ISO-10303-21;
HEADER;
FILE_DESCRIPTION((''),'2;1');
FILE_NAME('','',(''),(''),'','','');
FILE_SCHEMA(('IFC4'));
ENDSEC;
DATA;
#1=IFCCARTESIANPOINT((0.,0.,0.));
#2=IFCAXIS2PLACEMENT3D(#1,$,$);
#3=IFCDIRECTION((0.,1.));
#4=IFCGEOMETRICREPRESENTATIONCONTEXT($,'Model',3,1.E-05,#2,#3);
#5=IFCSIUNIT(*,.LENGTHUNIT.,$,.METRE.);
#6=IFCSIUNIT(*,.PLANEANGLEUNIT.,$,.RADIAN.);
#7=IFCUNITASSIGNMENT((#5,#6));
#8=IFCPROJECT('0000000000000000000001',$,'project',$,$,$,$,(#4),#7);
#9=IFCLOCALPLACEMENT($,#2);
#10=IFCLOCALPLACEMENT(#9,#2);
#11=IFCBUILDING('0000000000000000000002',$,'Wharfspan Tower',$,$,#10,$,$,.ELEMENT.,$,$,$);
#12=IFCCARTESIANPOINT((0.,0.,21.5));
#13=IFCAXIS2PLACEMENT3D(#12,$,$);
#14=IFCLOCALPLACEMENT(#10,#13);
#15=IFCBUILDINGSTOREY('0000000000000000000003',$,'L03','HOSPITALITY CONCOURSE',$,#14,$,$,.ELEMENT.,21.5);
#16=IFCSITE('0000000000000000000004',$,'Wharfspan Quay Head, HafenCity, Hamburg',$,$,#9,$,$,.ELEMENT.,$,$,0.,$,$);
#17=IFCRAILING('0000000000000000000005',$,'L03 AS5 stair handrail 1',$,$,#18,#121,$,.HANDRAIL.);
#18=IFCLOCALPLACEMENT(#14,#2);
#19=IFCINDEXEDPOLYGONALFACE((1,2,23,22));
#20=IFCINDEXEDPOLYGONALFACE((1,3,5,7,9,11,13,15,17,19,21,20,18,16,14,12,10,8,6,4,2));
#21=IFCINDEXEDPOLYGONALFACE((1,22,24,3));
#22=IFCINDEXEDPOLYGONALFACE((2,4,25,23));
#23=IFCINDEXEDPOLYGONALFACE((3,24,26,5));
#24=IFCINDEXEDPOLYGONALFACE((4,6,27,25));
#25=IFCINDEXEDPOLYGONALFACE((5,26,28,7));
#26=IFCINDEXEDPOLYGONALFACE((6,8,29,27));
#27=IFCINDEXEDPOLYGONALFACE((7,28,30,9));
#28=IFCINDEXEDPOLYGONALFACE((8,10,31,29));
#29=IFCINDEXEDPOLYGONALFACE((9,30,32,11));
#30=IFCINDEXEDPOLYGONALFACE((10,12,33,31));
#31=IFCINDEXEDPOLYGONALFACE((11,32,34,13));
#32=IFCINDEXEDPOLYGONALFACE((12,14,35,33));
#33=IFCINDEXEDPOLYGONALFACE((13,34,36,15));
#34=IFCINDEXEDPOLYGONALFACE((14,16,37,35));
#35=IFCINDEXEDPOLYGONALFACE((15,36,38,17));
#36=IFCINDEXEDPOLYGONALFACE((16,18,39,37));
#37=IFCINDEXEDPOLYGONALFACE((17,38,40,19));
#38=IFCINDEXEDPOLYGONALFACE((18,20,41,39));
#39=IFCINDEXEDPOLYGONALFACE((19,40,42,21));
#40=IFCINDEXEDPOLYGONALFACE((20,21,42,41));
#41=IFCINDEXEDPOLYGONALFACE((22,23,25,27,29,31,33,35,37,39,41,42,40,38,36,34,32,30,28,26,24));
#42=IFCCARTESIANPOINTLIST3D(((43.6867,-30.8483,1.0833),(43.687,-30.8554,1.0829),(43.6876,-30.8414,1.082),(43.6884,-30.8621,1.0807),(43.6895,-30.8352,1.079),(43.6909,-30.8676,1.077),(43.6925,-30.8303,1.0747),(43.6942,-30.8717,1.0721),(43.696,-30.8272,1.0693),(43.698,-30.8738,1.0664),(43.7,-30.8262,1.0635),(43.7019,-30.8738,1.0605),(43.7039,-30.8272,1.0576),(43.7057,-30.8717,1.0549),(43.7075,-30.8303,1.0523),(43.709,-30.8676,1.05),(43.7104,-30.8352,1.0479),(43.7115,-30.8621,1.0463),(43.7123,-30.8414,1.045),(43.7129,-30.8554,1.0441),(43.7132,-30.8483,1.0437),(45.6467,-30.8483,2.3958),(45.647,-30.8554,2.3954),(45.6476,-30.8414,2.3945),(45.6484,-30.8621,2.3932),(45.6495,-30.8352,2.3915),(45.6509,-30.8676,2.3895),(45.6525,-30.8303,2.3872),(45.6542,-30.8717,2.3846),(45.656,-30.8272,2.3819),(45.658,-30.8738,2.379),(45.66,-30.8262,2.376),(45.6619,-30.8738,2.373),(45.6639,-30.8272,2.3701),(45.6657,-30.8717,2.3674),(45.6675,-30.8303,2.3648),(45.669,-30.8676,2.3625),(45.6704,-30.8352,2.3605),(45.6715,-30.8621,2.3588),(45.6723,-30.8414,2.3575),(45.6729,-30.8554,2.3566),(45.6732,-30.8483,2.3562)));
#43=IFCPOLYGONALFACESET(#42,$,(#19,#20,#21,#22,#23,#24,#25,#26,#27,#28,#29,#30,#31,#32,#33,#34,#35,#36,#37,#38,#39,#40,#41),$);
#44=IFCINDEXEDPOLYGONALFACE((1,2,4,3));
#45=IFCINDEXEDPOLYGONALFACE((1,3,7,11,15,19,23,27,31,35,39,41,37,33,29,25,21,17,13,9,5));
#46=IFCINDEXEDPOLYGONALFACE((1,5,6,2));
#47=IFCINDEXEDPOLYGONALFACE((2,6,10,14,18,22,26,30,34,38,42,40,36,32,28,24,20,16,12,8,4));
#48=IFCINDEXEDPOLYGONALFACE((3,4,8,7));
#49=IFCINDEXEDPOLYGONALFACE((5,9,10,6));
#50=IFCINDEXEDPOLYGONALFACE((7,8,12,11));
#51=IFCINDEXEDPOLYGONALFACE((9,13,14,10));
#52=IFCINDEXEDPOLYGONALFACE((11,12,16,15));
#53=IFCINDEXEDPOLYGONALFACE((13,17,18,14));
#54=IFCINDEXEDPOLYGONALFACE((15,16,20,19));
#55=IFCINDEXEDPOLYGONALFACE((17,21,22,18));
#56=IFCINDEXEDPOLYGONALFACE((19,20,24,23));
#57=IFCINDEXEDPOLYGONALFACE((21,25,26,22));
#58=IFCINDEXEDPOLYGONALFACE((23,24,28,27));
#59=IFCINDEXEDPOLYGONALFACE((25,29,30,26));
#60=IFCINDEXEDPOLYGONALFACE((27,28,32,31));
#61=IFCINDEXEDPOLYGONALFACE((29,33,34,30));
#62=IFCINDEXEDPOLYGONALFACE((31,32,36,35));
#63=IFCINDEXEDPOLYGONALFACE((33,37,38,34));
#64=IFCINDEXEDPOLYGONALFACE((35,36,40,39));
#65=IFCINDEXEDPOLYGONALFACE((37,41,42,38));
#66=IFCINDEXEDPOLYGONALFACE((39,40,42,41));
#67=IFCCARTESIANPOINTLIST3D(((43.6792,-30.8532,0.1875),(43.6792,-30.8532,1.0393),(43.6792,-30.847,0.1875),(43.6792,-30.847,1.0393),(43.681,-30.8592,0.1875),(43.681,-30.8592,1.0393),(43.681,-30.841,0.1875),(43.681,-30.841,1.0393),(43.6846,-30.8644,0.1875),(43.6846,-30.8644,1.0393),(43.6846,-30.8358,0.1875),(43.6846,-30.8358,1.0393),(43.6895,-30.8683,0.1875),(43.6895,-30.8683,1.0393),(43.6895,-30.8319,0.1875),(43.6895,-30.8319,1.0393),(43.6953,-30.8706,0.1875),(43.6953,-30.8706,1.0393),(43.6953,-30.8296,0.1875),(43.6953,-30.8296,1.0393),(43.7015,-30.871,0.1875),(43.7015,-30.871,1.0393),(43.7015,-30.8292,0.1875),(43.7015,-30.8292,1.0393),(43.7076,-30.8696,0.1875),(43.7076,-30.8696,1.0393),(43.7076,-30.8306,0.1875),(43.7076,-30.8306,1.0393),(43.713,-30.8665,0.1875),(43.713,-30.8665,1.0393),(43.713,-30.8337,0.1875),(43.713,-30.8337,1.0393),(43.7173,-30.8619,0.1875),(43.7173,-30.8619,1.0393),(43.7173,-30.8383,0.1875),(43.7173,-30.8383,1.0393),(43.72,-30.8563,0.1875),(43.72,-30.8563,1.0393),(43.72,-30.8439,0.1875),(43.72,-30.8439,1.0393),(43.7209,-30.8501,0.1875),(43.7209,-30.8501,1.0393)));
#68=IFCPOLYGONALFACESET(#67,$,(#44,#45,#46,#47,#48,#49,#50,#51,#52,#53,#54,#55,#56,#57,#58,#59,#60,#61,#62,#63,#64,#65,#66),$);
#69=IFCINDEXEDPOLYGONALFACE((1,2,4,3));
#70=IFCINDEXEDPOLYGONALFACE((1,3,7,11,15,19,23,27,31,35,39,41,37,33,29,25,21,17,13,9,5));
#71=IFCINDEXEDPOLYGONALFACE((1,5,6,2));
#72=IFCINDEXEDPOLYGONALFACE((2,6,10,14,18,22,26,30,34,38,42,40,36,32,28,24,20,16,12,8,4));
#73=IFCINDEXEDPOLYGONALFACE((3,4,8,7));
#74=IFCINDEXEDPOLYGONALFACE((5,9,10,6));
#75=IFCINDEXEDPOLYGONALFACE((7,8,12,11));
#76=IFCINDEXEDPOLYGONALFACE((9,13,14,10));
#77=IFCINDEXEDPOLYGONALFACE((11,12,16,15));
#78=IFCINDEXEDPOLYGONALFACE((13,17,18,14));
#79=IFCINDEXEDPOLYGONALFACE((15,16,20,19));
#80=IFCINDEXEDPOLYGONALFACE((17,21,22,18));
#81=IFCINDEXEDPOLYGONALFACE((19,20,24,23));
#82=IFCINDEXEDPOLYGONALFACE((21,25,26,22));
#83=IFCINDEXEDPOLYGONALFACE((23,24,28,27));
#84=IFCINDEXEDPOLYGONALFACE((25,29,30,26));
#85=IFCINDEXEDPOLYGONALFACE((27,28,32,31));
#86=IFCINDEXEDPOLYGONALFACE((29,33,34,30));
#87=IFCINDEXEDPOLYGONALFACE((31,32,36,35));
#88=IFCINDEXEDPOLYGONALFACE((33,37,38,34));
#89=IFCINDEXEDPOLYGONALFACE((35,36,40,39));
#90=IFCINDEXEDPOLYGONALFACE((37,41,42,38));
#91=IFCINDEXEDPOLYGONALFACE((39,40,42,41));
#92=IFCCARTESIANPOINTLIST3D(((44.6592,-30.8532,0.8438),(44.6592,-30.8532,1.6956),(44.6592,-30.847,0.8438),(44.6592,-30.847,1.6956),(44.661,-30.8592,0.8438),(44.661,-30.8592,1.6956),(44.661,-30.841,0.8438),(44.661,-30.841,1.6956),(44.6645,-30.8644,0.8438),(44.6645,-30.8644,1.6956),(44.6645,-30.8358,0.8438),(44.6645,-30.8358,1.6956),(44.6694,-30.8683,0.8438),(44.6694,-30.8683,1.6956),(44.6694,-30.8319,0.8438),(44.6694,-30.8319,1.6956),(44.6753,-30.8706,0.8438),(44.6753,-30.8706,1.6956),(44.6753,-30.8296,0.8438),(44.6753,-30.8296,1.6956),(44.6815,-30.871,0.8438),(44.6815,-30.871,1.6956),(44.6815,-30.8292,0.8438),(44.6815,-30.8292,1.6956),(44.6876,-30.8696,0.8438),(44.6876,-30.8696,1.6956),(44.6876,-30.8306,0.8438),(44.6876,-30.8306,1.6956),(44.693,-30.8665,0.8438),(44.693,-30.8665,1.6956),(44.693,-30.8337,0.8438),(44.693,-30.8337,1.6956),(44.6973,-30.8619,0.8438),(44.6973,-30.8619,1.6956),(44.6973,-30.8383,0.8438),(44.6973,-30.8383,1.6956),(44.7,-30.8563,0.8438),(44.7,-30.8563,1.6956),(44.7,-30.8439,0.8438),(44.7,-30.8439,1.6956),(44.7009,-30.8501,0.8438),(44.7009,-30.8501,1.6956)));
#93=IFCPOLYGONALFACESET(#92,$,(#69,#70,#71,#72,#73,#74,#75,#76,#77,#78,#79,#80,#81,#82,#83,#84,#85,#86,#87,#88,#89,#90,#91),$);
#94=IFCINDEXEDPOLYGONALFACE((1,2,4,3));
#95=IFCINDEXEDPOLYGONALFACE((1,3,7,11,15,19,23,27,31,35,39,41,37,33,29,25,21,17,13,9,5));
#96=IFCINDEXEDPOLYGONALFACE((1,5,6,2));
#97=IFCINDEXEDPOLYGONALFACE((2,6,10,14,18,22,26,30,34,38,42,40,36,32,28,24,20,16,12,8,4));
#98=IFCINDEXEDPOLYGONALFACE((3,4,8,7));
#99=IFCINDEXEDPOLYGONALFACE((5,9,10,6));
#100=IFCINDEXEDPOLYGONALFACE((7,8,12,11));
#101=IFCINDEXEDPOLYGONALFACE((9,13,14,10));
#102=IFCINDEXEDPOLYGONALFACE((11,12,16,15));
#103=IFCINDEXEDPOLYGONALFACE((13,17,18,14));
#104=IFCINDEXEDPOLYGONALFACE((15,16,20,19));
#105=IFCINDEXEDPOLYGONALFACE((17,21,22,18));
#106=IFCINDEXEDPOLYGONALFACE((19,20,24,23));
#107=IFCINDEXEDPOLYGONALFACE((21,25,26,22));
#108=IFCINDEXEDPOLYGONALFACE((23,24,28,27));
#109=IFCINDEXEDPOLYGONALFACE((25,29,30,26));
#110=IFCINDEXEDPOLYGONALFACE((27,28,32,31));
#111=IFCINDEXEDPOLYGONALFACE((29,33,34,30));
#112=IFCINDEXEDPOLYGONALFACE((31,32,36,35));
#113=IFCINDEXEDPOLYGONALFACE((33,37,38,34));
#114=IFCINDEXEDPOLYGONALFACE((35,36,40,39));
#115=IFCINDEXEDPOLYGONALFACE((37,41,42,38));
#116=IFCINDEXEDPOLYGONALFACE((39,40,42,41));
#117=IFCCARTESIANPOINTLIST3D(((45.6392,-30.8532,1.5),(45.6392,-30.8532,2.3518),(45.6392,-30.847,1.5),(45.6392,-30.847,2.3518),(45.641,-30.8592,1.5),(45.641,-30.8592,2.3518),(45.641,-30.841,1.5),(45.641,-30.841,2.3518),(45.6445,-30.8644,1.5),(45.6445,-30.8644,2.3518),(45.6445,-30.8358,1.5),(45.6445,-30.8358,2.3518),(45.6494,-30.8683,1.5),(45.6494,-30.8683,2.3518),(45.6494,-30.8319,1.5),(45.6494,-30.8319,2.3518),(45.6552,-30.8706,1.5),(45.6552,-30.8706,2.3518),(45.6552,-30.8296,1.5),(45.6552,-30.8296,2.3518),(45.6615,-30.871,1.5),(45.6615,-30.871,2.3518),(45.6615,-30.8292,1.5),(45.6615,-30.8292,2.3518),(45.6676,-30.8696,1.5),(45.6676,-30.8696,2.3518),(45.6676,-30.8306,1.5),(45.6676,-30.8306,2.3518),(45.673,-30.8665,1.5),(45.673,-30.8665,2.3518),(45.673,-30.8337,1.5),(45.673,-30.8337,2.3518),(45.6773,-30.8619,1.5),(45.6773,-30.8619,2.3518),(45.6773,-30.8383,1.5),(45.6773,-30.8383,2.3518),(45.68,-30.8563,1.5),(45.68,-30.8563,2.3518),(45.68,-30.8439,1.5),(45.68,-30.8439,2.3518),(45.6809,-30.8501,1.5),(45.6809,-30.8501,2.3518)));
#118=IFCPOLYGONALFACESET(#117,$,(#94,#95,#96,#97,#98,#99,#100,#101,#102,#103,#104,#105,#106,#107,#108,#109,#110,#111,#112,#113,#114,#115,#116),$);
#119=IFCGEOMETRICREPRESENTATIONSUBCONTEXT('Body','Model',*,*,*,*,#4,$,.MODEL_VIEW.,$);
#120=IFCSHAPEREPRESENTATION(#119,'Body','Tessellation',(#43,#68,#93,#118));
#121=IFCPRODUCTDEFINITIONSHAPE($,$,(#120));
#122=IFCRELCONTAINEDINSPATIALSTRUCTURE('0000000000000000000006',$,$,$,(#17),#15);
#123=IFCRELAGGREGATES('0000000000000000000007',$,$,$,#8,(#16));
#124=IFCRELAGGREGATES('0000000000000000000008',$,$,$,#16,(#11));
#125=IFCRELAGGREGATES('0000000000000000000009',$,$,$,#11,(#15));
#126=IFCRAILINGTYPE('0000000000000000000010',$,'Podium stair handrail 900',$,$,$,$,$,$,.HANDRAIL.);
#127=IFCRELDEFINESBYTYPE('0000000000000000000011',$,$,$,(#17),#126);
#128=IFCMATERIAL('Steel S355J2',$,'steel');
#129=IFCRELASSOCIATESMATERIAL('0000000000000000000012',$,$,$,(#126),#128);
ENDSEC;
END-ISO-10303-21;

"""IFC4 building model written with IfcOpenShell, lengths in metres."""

from ifc_helpers import new_model, si_unit, direction, frame, origin, origin_2d, place, context, subcontext, project, spatial, circle, extrude, material, type_object, element, save


model = new_model("IFC4")

# Units and contexts
model_context = context("Model", 3, precision=1e-05, world=origin(), true_north=direction((0.0, 1.0)))
body_context = subcontext(model_context, "Body", "Model", "MODEL_VIEW")
ifc_project = project(units=[si_unit("LENGTHUNIT", "METRE"), si_unit("PLANEANGLEUNIT", "RADIAN")], contexts=[model_context])

# Site, building, storey
site_placement = place(None, origin())
site = spatial("IfcSite", under=ifc_project, at=site_placement, Name="Wharfspan Quay Head, HafenCity, Hamburg", CompositionType="ELEMENT", RefElevation=0.0)
building_placement = place(site_placement, origin())
building = spatial("IfcBuilding", under=site, at=building_placement, Name="Wharfspan Tower", CompositionType="ELEMENT")
storey_placement = place(building_placement, frame((0.0, 0.0, 21.5)))
storey = spatial("IfcBuildingStorey", under=building, at=storey_placement, Name="L03", Description="HOSPITALITY CONCOURSE", CompositionType="ELEMENT", Elevation=21.5)

# Railing
ifc_material_1 = material(Name="Steel S355J2", Category="steel")
railing_type_1 = type_object("IfcRailingType", Name="Podium stair handrail 900", PredefinedType="HANDRAIL", material=ifc_material_1)
railing_1_placement = place(storey_placement, frame((43.7, -30.8501, 0.1875)))
element("IfcRailing", 1, at=railing_1_placement, inside=storey, type_object=railing_type_1, Name="L03 AS5 stair handrail 1", PredefinedType="HANDRAIL", context=body_context, shape_type="SweptSolid", body=[
    extrude(circle(Radius=0.0239, at=origin_2d()), frame((0.0, 0.0, 0.876), z_axis=(0.830902, 0.0, 0.556419), x_axis=(0.0, 1.0, 0.0)), (0.0, 0.0, 1.0), 2.3589),
    extrude(circle(Radius=0.021, at=origin_2d()), origin(), (0.0, 0.0, 1.0), 0.8518),
    extrude(circle(Radius=0.021, at=origin_2d()), frame((0.98, 0.0, 0.6562)), (0.0, 0.0, 1.0), 0.8518),
    extrude(circle(Radius=0.021, at=origin_2d()), frame((1.96, 0.0, 1.3125)), (0.0, 0.0, 1.0), 0.8518),
])

save(model, "model.ifc")
